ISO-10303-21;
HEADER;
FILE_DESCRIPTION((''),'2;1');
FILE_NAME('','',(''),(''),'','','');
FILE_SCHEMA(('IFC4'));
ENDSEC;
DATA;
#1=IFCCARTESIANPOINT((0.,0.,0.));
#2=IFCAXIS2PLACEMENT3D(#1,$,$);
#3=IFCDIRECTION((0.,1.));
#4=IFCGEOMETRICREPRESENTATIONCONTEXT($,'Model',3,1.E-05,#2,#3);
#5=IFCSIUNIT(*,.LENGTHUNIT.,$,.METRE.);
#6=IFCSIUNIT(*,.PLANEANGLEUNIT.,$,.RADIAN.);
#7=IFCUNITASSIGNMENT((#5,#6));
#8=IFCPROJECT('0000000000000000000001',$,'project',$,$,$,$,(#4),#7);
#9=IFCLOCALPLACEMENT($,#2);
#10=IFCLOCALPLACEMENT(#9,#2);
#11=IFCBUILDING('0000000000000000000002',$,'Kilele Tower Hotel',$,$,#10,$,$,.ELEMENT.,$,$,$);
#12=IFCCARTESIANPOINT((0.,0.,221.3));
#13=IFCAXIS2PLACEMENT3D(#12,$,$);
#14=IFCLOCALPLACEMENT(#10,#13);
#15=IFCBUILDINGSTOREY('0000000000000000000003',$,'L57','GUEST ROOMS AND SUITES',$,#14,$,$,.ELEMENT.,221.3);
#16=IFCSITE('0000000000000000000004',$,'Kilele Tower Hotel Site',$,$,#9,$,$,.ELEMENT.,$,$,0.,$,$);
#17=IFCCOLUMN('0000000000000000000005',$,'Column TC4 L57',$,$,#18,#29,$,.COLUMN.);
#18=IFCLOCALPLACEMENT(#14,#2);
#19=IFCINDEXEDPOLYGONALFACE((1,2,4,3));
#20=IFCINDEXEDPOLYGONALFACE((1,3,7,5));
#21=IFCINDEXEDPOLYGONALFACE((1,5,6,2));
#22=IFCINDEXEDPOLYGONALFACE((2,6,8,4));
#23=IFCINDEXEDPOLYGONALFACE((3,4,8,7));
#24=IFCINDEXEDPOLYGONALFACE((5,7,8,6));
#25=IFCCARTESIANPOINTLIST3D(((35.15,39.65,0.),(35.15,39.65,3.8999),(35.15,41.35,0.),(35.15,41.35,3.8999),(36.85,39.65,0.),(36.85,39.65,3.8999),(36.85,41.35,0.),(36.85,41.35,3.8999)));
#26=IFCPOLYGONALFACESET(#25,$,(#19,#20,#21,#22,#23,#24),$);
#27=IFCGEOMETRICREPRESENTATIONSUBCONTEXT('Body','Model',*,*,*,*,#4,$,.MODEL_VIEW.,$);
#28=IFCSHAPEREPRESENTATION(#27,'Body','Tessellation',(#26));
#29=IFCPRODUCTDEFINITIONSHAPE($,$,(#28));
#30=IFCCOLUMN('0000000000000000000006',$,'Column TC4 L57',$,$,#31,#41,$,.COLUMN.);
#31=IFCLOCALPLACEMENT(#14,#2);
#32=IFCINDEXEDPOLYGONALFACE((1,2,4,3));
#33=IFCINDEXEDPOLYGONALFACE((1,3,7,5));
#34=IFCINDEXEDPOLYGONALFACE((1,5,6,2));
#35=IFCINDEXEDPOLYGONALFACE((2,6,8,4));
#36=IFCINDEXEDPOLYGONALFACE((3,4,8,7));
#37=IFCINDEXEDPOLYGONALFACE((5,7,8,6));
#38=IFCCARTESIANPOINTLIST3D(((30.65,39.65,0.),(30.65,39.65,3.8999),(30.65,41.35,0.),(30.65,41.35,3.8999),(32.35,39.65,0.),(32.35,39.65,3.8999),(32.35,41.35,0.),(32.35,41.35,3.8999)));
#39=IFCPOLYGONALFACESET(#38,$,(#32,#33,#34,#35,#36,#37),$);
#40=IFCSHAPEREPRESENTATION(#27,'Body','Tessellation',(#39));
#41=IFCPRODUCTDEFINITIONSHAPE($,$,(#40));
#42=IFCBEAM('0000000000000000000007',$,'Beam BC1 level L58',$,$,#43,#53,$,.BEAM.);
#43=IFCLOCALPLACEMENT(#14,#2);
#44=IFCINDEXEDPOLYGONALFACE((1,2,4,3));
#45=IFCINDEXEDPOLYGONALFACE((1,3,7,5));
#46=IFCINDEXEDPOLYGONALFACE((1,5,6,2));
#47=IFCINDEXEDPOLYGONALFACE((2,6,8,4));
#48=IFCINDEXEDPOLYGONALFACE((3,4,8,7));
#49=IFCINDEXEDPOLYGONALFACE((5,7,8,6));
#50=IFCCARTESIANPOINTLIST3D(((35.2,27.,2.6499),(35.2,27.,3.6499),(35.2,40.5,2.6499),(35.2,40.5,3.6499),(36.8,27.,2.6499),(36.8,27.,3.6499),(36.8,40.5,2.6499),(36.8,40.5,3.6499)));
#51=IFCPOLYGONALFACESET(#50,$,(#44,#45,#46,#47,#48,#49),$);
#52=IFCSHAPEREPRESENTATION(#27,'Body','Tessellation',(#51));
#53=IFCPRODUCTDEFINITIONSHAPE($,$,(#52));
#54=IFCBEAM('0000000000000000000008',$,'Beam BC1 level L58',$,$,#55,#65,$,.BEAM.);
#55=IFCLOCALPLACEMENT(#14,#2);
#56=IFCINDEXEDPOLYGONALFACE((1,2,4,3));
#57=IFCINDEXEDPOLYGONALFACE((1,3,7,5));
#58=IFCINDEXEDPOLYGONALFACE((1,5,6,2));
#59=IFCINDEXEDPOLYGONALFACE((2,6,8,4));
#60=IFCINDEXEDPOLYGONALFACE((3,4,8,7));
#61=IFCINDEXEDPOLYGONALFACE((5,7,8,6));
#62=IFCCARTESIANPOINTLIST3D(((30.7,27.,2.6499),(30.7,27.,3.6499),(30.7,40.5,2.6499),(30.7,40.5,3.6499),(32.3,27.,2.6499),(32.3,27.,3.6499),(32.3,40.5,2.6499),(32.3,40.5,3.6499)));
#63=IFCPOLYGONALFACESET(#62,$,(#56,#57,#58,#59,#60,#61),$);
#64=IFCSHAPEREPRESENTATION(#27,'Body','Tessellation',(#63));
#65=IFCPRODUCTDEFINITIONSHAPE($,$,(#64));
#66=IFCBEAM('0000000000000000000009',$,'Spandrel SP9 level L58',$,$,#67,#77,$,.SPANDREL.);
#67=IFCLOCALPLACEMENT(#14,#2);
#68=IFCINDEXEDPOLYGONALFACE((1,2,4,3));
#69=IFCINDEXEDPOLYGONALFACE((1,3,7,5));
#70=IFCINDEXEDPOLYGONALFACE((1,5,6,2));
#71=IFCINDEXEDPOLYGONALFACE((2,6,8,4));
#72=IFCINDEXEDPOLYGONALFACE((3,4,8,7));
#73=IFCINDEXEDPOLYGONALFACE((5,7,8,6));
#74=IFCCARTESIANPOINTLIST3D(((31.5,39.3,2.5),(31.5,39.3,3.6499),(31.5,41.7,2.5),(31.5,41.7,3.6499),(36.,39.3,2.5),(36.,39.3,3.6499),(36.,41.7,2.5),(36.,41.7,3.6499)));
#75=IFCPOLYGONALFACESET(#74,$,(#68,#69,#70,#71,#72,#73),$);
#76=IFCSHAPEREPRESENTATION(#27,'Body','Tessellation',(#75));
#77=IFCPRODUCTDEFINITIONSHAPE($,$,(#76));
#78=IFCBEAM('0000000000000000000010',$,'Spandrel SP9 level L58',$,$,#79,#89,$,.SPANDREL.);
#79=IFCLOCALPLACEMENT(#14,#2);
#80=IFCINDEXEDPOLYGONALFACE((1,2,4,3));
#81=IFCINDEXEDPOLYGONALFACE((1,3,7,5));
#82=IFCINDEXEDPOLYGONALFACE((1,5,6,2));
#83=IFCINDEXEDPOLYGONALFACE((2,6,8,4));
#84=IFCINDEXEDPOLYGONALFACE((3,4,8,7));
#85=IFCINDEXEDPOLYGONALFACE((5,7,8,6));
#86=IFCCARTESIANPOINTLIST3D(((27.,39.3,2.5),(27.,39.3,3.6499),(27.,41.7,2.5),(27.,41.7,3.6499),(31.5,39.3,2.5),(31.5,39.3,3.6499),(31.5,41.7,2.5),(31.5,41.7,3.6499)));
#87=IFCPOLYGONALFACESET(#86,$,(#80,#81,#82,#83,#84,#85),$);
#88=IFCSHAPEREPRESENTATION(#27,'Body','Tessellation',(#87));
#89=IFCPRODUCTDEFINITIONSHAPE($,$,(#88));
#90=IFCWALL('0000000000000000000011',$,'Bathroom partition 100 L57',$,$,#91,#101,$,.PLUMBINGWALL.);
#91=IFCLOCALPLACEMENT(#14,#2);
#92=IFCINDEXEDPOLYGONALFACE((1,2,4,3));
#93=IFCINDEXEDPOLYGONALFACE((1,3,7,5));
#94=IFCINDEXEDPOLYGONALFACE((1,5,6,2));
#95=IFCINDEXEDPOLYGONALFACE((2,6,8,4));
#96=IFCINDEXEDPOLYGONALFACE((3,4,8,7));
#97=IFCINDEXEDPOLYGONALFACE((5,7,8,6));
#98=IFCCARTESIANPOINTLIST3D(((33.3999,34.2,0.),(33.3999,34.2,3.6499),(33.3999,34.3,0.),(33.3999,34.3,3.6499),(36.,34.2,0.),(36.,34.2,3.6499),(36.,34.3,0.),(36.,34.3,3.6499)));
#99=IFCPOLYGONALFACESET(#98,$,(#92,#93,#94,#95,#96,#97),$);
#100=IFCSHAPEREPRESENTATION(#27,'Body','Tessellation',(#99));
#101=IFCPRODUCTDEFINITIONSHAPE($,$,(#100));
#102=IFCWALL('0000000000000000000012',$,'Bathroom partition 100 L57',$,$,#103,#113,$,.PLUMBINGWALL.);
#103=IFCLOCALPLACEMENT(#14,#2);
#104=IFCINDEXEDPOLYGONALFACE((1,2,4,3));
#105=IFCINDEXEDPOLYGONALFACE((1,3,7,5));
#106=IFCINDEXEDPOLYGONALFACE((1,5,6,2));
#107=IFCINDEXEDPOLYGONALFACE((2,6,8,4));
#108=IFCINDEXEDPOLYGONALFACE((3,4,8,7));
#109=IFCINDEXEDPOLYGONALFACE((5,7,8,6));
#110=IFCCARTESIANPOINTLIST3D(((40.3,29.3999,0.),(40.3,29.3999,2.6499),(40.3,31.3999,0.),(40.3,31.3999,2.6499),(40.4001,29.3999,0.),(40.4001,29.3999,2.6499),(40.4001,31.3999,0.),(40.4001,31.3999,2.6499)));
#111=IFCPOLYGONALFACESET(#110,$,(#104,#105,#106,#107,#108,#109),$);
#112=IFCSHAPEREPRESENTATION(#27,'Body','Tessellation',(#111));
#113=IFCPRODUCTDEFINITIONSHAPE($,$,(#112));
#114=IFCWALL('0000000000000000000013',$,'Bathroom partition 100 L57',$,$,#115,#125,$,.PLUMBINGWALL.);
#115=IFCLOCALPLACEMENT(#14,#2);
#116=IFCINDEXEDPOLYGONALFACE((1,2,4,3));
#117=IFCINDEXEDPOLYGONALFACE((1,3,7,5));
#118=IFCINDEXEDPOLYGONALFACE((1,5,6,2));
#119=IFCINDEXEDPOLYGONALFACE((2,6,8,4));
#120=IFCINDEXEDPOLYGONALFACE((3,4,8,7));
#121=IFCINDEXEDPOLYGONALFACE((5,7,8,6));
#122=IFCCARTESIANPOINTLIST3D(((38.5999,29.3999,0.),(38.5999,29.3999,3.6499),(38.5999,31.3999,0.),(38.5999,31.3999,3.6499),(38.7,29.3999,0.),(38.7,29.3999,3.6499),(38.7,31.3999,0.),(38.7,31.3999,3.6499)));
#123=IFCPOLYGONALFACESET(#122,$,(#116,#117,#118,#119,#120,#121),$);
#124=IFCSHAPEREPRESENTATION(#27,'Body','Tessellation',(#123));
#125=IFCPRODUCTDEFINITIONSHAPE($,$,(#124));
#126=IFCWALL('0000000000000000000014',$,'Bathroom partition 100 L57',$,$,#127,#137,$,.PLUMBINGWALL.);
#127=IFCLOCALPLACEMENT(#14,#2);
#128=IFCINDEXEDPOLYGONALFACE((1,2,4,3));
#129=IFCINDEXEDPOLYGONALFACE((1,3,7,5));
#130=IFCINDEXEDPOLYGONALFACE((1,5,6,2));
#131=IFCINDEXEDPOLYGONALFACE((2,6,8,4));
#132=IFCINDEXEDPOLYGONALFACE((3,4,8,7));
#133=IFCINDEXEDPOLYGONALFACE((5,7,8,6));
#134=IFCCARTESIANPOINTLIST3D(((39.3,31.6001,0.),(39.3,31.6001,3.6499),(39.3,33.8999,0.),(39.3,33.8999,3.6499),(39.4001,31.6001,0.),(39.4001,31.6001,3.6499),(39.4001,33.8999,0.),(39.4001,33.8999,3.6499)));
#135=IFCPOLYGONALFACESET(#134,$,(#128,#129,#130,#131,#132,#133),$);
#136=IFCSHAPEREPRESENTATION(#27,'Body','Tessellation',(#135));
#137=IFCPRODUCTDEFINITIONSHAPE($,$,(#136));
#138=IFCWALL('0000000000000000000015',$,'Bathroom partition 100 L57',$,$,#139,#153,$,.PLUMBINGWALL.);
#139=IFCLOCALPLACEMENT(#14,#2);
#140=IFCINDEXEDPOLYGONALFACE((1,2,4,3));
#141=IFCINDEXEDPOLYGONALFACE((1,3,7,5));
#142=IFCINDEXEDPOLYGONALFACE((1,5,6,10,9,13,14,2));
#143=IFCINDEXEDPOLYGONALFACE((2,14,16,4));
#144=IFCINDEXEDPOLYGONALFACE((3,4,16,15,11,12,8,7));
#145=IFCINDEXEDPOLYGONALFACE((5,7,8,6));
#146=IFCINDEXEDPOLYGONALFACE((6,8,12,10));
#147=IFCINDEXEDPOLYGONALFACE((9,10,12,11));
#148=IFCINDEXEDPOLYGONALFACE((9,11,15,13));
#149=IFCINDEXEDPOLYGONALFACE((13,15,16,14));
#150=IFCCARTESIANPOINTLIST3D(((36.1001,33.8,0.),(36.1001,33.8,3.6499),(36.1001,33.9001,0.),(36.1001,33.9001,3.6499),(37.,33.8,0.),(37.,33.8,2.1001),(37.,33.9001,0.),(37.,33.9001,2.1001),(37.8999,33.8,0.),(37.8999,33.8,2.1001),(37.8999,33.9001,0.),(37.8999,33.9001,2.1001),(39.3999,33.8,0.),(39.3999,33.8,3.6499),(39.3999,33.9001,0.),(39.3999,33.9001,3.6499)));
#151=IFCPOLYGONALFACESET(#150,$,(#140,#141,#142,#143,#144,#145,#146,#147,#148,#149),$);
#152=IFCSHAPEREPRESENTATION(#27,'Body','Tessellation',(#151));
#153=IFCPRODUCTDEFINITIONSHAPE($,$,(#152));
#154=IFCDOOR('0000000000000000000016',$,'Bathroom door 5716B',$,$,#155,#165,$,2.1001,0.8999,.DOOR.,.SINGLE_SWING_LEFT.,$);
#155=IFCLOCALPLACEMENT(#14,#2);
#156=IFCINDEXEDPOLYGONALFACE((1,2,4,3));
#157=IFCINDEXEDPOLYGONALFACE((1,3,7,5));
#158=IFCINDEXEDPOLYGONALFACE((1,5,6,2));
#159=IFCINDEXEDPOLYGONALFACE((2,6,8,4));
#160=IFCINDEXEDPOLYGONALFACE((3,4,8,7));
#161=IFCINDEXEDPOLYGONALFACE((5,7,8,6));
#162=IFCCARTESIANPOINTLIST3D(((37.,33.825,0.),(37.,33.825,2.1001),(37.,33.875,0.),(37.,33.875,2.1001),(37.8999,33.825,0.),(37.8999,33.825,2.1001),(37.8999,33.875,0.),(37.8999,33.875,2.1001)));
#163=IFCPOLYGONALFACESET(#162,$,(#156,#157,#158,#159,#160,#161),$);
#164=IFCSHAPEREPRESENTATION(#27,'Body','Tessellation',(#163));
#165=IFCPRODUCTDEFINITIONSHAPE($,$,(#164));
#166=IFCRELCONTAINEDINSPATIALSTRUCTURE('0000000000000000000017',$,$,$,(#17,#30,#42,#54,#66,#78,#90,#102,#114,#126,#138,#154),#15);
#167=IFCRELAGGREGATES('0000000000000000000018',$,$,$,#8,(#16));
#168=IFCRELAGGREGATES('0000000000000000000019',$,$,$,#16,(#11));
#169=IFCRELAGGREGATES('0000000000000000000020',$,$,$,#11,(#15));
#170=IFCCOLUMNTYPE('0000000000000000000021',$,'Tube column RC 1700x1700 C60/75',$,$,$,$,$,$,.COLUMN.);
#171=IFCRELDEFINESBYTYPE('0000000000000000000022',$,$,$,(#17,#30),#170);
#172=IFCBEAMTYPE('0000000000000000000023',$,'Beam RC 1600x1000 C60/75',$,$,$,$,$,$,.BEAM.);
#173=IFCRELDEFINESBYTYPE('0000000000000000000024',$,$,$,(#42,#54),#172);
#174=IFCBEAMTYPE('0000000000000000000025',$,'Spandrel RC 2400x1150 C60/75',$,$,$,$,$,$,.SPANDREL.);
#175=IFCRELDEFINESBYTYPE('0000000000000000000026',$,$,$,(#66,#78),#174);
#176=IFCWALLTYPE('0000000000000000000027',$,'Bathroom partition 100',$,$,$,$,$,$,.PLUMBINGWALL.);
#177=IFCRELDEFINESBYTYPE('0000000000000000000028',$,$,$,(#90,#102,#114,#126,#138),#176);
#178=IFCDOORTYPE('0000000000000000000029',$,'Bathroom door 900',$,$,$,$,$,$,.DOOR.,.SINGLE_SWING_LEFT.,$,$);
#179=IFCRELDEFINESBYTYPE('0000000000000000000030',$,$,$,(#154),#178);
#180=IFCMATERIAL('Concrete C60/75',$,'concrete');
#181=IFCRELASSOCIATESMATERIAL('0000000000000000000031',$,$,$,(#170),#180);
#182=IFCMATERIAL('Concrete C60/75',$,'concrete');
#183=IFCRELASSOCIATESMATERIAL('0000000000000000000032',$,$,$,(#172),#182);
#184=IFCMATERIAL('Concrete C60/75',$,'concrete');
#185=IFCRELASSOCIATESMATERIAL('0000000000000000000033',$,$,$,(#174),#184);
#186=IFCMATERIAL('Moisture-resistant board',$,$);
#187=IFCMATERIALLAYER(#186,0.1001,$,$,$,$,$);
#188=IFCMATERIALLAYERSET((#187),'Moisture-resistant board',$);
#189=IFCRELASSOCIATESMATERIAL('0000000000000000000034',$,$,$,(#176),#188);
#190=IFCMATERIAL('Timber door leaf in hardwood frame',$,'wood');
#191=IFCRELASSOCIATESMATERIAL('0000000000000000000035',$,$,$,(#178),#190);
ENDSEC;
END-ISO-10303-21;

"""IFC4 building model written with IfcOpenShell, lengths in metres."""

from ifc_helpers import new_model, si_unit, direction, frame, frame_2d, origin, origin_2d, place, context, subcontext, project, spatial, rectangle, extrude, material, layer, layer_set, material_profile, profile_set, type_object, element, fill, save


model = new_model("IFC4")

# Units and contexts
model_context = context("Model", 3, precision=1e-05, world=origin(), true_north=direction((0.0, 1.0)))
body_context = subcontext(model_context, "Body", "Model", "MODEL_VIEW")
ifc_project = project(units=[si_unit("LENGTHUNIT", "METRE"), si_unit("PLANEANGLEUNIT", "RADIAN")], contexts=[model_context])

# Site, building, storey
site_placement = place(None, origin())
site = spatial("IfcSite", under=ifc_project, at=site_placement, Name="Kilele Tower Hotel Site", CompositionType="ELEMENT", RefElevation=0.0)
building_placement = place(site_placement, origin())
building = spatial("IfcBuilding", under=site, at=building_placement, Name="Kilele Tower Hotel", CompositionType="ELEMENT")
storey_placement = place(building_placement, frame((0.0, 0.0, 221.3)))
storey = spatial("IfcBuildingStorey", under=building, at=storey_placement, Name="L57", Description="GUEST ROOMS AND SUITES", CompositionType="ELEMENT", Elevation=221.3)

# Columns
ifc_material_1 = material(Name="Concrete C60/75", Category="concrete")
ifc_material_profile_1 = material_profile(ifc_material_1, rectangle(XDim=1.7, YDim=1.7, at=origin_2d()))
ifc_profile_set_1 = profile_set([ifc_material_profile_1], Name="Concrete C60/75")
column_type = type_object("IfcColumnType", Name="Tube column RC 1700x1700 C60/75", PredefinedType="COLUMN", material=ifc_profile_set_1)
for number, where, z_axis, x_axis, name in (
    (1, (36.0, 40.5, 0.0), (0.0, 0.0, 1.0), (1.0, 0.0, 0.0), "Column TC4 L57"),
    (2, (31.5, 40.5, 0.0), (0.0, 0.0, 1.0), (1.0, 0.0, 0.0), "Column TC4 L57"),
):
    element("IfcColumn", number, at=place(storey_placement, frame(where, z_axis=z_axis, x_axis=x_axis)), inside=storey, type_object=column_type, Name=name, PredefinedType="COLUMN", context=body_context, shape_type="SweptSolid", body=[
        extrude(rectangle(XDim=1.7, YDim=1.7, at=origin_2d()), origin(), (0.0, 0.0, 1.0), 3.8999),
    ])

# Beams
ifc_material_2 = material(Name="Concrete C60/75", Category="concrete")
ifc_material_profile_2 = material_profile(ifc_material_2, rectangle(XDim=1.6001, YDim=1.0, at=origin_2d()))
ifc_profile_set_2 = profile_set([ifc_material_profile_2], Name="Concrete C60/75")
beam_type_1 = type_object("IfcBeamType", Name="Beam RC 1600x1000 C60/75", PredefinedType="BEAM", material=ifc_profile_set_2)
for number, where, z_axis, x_axis, name in (
    (3, (36.0, 40.5, 3.1499), (0.0, -1.0, 0.0), (1.0, 0.0, 0.0), "Beam BC1 level L58"),
    (4, (31.5, 40.5, 3.1499), (0.0, -1.0, 0.0), (1.0, 0.0, 0.0), "Beam BC1 level L58"),
):
    element("IfcBeam", number, at=place(storey_placement, frame(where, z_axis=z_axis, x_axis=x_axis)), inside=storey, type_object=beam_type_1, Name=name, PredefinedType="BEAM", context=body_context, shape_type="SweptSolid", body=[
        extrude(rectangle(XDim=1.6001, YDim=1.0, at=origin_2d()), origin(), (0.0, 0.0, 1.0), 13.5),
    ])
ifc_material_3 = material(Name="Concrete C60/75", Category="concrete")
ifc_material_profile_3 = material_profile(ifc_material_3, rectangle(XDim=2.3999, YDim=1.1499, at=origin_2d()))
ifc_profile_set_3 = profile_set([ifc_material_profile_3], Name="Concrete C60/75")
beam_type_2 = type_object("IfcBeamType", Name="Spandrel RC 2400x1150 C60/75", PredefinedType="SPANDREL", material=ifc_profile_set_3)
for number, where, z_axis, x_axis, name in (
    (5, (36.0, 40.5, 3.075), (-1.0, 0.0, 0.0), (0.0, -1.0, 0.0), "Spandrel SP9 level L58"),
    (6, (31.5, 40.5, 3.075), (-1.0, 0.0, 0.0), (0.0, -1.0, 0.0), "Spandrel SP9 level L58"),
):
    element("IfcBeam", number, at=place(storey_placement, frame(where, z_axis=z_axis, x_axis=x_axis)), inside=storey, type_object=beam_type_2, Name=name, PredefinedType="SPANDREL", context=body_context, shape_type="SweptSolid", body=[
        extrude(rectangle(XDim=2.3999, YDim=1.1499, at=origin_2d()), origin(), (0.0, 0.0, 1.0), 4.5),
    ])

# Walls
ifc_material_4 = material(Name="Moisture-resistant board")
ifc_layer_1 = layer(ifc_material_4, 0.1001)
ifc_layer_set_1 = layer_set([ifc_layer_1], Name="Moisture-resistant board")
wall_type_1 = type_object("IfcWallType", Name="Bathroom partition 100", PredefinedType="PLUMBINGWALL", material=ifc_layer_set_1)
wall_1_placement = place(storey_placement, frame((33.3999, 34.25, 0.0), z_axis=(0.0, 0.0, 1.0), x_axis=(1.0, 0.0, 0.0)))
element("IfcWall", 7, at=wall_1_placement, inside=storey, type_object=wall_type_1, Name="Bathroom partition 100 L57", PredefinedType="PLUMBINGWALL", context=body_context, shape_type="SweptSolid", body=[
    extrude(rectangle(XDim=2.6001, YDim=0.1001, at=frame_2d((1.3, 0.0))), origin(), (0.0, 0.0, 1.0), 3.6499),
])
wall_2_placement = place(storey_placement, frame((40.3501, 31.3999, 0.0), z_axis=(0.0, 0.0, 1.0), x_axis=(0.0, -1.0, 0.0)))
element("IfcWall", 8, at=wall_2_placement, inside=storey, type_object=wall_type_1, Name="Bathroom partition 100 L57", PredefinedType="PLUMBINGWALL", context=body_context, shape_type="SweptSolid", body=[
    extrude(rectangle(XDim=2.0, YDim=0.1001, at=frame_2d((1.0, 0.0))), origin(), (0.0, 0.0, 1.0), 2.6499),
])
wall_3_placement = place(storey_placement, frame((38.6499, 31.3999, 0.0), z_axis=(0.0, 0.0, 1.0), x_axis=(0.0, -1.0, 0.0)))
element("IfcWall", 9, at=wall_3_placement, inside=storey, type_object=wall_type_1, Name="Bathroom partition 100 L57", PredefinedType="PLUMBINGWALL", context=body_context, shape_type="SweptSolid", body=[
    extrude(rectangle(XDim=2.0, YDim=0.1001, at=frame_2d((1.0, 0.0))), origin(), (0.0, 0.0, 1.0), 3.6499),
])
wall_4_placement = place(storey_placement, frame((39.3501, 31.6001, 0.0), z_axis=(0.0, 0.0, 1.0), x_axis=(0.0, 1.0, 0.0)))
element("IfcWall", 10, at=wall_4_placement, inside=storey, type_object=wall_type_1, Name="Bathroom partition 100 L57", PredefinedType="PLUMBINGWALL", context=body_context, shape_type="SweptSolid", body=[
    extrude(rectangle(XDim=2.2998, YDim=0.1001, at=frame_2d((1.1499, 0.0))), origin(), (0.0, 0.0, 1.0), 3.6499),
])

# Wall, opening, door
wall_5_placement = place(storey_placement, frame((36.1001, 33.8501, 0.0), z_axis=(0.0, 0.0, 1.0), x_axis=(1.0, 0.0, 0.0)))
wall_5 = element("IfcWall", 11, at=wall_5_placement, inside=storey, type_object=wall_type_1, Name="Bathroom partition 100 L57", PredefinedType="PLUMBINGWALL", context=body_context, shape_type="SweptSolid", body=[
    extrude(rectangle(XDim=3.2998, YDim=0.1001, at=frame_2d((1.6499, 0.0))), origin(), (0.0, 0.0, 1.0), 3.6499),
])
opening_1_placement = place(wall_5_placement, frame((0.8999, 0.0, 0.0)))
opening_1 = element("IfcOpeningElement", 12, at=opening_1_placement, cuts=wall_5, PredefinedType="OPENING", context=body_context, shape_type="SweptSolid", body=[
    extrude(rectangle(XDim=0.8999, YDim=2.1001, at=frame_2d((0.45, 1.05))), frame((0.0, 0.0601, 0.0), z_axis=(0.0, -1.0, 0.0), x_axis=(1.0, 0.0, 0.0)), (0.0, 0.0, 1.0), 0.1201),
])
ifc_material_5 = material(Name="Timber door leaf in hardwood frame", Category="wood")
door_type_1 = type_object("IfcDoorType", Name="Bathroom door 900", OperationType="SINGLE_SWING_LEFT", PredefinedType="DOOR", material=ifc_material_5)
door_1_placement = place(opening_1_placement, origin())
door_1 = element("IfcDoor", 13, at=door_1_placement, inside=storey, type_object=door_type_1, Name="Bathroom door 5716B", OperationType="SINGLE_SWING_LEFT", OverallHeight=2.1001, OverallWidth=0.8999, PredefinedType="DOOR", context=body_context, shape_type="SweptSolid", body=[
    extrude(rectangle(XDim=0.8999, YDim=2.1001, at=frame_2d((0.45, 1.05))), frame((0.0, 0.0249, 0.0), z_axis=(0.0, -1.0, 0.0), x_axis=(1.0, 0.0, 0.0)), (0.0, 0.0, 1.0), 0.05),
])
fill(opening_1, door_1)

save(model, "model.ifc")
